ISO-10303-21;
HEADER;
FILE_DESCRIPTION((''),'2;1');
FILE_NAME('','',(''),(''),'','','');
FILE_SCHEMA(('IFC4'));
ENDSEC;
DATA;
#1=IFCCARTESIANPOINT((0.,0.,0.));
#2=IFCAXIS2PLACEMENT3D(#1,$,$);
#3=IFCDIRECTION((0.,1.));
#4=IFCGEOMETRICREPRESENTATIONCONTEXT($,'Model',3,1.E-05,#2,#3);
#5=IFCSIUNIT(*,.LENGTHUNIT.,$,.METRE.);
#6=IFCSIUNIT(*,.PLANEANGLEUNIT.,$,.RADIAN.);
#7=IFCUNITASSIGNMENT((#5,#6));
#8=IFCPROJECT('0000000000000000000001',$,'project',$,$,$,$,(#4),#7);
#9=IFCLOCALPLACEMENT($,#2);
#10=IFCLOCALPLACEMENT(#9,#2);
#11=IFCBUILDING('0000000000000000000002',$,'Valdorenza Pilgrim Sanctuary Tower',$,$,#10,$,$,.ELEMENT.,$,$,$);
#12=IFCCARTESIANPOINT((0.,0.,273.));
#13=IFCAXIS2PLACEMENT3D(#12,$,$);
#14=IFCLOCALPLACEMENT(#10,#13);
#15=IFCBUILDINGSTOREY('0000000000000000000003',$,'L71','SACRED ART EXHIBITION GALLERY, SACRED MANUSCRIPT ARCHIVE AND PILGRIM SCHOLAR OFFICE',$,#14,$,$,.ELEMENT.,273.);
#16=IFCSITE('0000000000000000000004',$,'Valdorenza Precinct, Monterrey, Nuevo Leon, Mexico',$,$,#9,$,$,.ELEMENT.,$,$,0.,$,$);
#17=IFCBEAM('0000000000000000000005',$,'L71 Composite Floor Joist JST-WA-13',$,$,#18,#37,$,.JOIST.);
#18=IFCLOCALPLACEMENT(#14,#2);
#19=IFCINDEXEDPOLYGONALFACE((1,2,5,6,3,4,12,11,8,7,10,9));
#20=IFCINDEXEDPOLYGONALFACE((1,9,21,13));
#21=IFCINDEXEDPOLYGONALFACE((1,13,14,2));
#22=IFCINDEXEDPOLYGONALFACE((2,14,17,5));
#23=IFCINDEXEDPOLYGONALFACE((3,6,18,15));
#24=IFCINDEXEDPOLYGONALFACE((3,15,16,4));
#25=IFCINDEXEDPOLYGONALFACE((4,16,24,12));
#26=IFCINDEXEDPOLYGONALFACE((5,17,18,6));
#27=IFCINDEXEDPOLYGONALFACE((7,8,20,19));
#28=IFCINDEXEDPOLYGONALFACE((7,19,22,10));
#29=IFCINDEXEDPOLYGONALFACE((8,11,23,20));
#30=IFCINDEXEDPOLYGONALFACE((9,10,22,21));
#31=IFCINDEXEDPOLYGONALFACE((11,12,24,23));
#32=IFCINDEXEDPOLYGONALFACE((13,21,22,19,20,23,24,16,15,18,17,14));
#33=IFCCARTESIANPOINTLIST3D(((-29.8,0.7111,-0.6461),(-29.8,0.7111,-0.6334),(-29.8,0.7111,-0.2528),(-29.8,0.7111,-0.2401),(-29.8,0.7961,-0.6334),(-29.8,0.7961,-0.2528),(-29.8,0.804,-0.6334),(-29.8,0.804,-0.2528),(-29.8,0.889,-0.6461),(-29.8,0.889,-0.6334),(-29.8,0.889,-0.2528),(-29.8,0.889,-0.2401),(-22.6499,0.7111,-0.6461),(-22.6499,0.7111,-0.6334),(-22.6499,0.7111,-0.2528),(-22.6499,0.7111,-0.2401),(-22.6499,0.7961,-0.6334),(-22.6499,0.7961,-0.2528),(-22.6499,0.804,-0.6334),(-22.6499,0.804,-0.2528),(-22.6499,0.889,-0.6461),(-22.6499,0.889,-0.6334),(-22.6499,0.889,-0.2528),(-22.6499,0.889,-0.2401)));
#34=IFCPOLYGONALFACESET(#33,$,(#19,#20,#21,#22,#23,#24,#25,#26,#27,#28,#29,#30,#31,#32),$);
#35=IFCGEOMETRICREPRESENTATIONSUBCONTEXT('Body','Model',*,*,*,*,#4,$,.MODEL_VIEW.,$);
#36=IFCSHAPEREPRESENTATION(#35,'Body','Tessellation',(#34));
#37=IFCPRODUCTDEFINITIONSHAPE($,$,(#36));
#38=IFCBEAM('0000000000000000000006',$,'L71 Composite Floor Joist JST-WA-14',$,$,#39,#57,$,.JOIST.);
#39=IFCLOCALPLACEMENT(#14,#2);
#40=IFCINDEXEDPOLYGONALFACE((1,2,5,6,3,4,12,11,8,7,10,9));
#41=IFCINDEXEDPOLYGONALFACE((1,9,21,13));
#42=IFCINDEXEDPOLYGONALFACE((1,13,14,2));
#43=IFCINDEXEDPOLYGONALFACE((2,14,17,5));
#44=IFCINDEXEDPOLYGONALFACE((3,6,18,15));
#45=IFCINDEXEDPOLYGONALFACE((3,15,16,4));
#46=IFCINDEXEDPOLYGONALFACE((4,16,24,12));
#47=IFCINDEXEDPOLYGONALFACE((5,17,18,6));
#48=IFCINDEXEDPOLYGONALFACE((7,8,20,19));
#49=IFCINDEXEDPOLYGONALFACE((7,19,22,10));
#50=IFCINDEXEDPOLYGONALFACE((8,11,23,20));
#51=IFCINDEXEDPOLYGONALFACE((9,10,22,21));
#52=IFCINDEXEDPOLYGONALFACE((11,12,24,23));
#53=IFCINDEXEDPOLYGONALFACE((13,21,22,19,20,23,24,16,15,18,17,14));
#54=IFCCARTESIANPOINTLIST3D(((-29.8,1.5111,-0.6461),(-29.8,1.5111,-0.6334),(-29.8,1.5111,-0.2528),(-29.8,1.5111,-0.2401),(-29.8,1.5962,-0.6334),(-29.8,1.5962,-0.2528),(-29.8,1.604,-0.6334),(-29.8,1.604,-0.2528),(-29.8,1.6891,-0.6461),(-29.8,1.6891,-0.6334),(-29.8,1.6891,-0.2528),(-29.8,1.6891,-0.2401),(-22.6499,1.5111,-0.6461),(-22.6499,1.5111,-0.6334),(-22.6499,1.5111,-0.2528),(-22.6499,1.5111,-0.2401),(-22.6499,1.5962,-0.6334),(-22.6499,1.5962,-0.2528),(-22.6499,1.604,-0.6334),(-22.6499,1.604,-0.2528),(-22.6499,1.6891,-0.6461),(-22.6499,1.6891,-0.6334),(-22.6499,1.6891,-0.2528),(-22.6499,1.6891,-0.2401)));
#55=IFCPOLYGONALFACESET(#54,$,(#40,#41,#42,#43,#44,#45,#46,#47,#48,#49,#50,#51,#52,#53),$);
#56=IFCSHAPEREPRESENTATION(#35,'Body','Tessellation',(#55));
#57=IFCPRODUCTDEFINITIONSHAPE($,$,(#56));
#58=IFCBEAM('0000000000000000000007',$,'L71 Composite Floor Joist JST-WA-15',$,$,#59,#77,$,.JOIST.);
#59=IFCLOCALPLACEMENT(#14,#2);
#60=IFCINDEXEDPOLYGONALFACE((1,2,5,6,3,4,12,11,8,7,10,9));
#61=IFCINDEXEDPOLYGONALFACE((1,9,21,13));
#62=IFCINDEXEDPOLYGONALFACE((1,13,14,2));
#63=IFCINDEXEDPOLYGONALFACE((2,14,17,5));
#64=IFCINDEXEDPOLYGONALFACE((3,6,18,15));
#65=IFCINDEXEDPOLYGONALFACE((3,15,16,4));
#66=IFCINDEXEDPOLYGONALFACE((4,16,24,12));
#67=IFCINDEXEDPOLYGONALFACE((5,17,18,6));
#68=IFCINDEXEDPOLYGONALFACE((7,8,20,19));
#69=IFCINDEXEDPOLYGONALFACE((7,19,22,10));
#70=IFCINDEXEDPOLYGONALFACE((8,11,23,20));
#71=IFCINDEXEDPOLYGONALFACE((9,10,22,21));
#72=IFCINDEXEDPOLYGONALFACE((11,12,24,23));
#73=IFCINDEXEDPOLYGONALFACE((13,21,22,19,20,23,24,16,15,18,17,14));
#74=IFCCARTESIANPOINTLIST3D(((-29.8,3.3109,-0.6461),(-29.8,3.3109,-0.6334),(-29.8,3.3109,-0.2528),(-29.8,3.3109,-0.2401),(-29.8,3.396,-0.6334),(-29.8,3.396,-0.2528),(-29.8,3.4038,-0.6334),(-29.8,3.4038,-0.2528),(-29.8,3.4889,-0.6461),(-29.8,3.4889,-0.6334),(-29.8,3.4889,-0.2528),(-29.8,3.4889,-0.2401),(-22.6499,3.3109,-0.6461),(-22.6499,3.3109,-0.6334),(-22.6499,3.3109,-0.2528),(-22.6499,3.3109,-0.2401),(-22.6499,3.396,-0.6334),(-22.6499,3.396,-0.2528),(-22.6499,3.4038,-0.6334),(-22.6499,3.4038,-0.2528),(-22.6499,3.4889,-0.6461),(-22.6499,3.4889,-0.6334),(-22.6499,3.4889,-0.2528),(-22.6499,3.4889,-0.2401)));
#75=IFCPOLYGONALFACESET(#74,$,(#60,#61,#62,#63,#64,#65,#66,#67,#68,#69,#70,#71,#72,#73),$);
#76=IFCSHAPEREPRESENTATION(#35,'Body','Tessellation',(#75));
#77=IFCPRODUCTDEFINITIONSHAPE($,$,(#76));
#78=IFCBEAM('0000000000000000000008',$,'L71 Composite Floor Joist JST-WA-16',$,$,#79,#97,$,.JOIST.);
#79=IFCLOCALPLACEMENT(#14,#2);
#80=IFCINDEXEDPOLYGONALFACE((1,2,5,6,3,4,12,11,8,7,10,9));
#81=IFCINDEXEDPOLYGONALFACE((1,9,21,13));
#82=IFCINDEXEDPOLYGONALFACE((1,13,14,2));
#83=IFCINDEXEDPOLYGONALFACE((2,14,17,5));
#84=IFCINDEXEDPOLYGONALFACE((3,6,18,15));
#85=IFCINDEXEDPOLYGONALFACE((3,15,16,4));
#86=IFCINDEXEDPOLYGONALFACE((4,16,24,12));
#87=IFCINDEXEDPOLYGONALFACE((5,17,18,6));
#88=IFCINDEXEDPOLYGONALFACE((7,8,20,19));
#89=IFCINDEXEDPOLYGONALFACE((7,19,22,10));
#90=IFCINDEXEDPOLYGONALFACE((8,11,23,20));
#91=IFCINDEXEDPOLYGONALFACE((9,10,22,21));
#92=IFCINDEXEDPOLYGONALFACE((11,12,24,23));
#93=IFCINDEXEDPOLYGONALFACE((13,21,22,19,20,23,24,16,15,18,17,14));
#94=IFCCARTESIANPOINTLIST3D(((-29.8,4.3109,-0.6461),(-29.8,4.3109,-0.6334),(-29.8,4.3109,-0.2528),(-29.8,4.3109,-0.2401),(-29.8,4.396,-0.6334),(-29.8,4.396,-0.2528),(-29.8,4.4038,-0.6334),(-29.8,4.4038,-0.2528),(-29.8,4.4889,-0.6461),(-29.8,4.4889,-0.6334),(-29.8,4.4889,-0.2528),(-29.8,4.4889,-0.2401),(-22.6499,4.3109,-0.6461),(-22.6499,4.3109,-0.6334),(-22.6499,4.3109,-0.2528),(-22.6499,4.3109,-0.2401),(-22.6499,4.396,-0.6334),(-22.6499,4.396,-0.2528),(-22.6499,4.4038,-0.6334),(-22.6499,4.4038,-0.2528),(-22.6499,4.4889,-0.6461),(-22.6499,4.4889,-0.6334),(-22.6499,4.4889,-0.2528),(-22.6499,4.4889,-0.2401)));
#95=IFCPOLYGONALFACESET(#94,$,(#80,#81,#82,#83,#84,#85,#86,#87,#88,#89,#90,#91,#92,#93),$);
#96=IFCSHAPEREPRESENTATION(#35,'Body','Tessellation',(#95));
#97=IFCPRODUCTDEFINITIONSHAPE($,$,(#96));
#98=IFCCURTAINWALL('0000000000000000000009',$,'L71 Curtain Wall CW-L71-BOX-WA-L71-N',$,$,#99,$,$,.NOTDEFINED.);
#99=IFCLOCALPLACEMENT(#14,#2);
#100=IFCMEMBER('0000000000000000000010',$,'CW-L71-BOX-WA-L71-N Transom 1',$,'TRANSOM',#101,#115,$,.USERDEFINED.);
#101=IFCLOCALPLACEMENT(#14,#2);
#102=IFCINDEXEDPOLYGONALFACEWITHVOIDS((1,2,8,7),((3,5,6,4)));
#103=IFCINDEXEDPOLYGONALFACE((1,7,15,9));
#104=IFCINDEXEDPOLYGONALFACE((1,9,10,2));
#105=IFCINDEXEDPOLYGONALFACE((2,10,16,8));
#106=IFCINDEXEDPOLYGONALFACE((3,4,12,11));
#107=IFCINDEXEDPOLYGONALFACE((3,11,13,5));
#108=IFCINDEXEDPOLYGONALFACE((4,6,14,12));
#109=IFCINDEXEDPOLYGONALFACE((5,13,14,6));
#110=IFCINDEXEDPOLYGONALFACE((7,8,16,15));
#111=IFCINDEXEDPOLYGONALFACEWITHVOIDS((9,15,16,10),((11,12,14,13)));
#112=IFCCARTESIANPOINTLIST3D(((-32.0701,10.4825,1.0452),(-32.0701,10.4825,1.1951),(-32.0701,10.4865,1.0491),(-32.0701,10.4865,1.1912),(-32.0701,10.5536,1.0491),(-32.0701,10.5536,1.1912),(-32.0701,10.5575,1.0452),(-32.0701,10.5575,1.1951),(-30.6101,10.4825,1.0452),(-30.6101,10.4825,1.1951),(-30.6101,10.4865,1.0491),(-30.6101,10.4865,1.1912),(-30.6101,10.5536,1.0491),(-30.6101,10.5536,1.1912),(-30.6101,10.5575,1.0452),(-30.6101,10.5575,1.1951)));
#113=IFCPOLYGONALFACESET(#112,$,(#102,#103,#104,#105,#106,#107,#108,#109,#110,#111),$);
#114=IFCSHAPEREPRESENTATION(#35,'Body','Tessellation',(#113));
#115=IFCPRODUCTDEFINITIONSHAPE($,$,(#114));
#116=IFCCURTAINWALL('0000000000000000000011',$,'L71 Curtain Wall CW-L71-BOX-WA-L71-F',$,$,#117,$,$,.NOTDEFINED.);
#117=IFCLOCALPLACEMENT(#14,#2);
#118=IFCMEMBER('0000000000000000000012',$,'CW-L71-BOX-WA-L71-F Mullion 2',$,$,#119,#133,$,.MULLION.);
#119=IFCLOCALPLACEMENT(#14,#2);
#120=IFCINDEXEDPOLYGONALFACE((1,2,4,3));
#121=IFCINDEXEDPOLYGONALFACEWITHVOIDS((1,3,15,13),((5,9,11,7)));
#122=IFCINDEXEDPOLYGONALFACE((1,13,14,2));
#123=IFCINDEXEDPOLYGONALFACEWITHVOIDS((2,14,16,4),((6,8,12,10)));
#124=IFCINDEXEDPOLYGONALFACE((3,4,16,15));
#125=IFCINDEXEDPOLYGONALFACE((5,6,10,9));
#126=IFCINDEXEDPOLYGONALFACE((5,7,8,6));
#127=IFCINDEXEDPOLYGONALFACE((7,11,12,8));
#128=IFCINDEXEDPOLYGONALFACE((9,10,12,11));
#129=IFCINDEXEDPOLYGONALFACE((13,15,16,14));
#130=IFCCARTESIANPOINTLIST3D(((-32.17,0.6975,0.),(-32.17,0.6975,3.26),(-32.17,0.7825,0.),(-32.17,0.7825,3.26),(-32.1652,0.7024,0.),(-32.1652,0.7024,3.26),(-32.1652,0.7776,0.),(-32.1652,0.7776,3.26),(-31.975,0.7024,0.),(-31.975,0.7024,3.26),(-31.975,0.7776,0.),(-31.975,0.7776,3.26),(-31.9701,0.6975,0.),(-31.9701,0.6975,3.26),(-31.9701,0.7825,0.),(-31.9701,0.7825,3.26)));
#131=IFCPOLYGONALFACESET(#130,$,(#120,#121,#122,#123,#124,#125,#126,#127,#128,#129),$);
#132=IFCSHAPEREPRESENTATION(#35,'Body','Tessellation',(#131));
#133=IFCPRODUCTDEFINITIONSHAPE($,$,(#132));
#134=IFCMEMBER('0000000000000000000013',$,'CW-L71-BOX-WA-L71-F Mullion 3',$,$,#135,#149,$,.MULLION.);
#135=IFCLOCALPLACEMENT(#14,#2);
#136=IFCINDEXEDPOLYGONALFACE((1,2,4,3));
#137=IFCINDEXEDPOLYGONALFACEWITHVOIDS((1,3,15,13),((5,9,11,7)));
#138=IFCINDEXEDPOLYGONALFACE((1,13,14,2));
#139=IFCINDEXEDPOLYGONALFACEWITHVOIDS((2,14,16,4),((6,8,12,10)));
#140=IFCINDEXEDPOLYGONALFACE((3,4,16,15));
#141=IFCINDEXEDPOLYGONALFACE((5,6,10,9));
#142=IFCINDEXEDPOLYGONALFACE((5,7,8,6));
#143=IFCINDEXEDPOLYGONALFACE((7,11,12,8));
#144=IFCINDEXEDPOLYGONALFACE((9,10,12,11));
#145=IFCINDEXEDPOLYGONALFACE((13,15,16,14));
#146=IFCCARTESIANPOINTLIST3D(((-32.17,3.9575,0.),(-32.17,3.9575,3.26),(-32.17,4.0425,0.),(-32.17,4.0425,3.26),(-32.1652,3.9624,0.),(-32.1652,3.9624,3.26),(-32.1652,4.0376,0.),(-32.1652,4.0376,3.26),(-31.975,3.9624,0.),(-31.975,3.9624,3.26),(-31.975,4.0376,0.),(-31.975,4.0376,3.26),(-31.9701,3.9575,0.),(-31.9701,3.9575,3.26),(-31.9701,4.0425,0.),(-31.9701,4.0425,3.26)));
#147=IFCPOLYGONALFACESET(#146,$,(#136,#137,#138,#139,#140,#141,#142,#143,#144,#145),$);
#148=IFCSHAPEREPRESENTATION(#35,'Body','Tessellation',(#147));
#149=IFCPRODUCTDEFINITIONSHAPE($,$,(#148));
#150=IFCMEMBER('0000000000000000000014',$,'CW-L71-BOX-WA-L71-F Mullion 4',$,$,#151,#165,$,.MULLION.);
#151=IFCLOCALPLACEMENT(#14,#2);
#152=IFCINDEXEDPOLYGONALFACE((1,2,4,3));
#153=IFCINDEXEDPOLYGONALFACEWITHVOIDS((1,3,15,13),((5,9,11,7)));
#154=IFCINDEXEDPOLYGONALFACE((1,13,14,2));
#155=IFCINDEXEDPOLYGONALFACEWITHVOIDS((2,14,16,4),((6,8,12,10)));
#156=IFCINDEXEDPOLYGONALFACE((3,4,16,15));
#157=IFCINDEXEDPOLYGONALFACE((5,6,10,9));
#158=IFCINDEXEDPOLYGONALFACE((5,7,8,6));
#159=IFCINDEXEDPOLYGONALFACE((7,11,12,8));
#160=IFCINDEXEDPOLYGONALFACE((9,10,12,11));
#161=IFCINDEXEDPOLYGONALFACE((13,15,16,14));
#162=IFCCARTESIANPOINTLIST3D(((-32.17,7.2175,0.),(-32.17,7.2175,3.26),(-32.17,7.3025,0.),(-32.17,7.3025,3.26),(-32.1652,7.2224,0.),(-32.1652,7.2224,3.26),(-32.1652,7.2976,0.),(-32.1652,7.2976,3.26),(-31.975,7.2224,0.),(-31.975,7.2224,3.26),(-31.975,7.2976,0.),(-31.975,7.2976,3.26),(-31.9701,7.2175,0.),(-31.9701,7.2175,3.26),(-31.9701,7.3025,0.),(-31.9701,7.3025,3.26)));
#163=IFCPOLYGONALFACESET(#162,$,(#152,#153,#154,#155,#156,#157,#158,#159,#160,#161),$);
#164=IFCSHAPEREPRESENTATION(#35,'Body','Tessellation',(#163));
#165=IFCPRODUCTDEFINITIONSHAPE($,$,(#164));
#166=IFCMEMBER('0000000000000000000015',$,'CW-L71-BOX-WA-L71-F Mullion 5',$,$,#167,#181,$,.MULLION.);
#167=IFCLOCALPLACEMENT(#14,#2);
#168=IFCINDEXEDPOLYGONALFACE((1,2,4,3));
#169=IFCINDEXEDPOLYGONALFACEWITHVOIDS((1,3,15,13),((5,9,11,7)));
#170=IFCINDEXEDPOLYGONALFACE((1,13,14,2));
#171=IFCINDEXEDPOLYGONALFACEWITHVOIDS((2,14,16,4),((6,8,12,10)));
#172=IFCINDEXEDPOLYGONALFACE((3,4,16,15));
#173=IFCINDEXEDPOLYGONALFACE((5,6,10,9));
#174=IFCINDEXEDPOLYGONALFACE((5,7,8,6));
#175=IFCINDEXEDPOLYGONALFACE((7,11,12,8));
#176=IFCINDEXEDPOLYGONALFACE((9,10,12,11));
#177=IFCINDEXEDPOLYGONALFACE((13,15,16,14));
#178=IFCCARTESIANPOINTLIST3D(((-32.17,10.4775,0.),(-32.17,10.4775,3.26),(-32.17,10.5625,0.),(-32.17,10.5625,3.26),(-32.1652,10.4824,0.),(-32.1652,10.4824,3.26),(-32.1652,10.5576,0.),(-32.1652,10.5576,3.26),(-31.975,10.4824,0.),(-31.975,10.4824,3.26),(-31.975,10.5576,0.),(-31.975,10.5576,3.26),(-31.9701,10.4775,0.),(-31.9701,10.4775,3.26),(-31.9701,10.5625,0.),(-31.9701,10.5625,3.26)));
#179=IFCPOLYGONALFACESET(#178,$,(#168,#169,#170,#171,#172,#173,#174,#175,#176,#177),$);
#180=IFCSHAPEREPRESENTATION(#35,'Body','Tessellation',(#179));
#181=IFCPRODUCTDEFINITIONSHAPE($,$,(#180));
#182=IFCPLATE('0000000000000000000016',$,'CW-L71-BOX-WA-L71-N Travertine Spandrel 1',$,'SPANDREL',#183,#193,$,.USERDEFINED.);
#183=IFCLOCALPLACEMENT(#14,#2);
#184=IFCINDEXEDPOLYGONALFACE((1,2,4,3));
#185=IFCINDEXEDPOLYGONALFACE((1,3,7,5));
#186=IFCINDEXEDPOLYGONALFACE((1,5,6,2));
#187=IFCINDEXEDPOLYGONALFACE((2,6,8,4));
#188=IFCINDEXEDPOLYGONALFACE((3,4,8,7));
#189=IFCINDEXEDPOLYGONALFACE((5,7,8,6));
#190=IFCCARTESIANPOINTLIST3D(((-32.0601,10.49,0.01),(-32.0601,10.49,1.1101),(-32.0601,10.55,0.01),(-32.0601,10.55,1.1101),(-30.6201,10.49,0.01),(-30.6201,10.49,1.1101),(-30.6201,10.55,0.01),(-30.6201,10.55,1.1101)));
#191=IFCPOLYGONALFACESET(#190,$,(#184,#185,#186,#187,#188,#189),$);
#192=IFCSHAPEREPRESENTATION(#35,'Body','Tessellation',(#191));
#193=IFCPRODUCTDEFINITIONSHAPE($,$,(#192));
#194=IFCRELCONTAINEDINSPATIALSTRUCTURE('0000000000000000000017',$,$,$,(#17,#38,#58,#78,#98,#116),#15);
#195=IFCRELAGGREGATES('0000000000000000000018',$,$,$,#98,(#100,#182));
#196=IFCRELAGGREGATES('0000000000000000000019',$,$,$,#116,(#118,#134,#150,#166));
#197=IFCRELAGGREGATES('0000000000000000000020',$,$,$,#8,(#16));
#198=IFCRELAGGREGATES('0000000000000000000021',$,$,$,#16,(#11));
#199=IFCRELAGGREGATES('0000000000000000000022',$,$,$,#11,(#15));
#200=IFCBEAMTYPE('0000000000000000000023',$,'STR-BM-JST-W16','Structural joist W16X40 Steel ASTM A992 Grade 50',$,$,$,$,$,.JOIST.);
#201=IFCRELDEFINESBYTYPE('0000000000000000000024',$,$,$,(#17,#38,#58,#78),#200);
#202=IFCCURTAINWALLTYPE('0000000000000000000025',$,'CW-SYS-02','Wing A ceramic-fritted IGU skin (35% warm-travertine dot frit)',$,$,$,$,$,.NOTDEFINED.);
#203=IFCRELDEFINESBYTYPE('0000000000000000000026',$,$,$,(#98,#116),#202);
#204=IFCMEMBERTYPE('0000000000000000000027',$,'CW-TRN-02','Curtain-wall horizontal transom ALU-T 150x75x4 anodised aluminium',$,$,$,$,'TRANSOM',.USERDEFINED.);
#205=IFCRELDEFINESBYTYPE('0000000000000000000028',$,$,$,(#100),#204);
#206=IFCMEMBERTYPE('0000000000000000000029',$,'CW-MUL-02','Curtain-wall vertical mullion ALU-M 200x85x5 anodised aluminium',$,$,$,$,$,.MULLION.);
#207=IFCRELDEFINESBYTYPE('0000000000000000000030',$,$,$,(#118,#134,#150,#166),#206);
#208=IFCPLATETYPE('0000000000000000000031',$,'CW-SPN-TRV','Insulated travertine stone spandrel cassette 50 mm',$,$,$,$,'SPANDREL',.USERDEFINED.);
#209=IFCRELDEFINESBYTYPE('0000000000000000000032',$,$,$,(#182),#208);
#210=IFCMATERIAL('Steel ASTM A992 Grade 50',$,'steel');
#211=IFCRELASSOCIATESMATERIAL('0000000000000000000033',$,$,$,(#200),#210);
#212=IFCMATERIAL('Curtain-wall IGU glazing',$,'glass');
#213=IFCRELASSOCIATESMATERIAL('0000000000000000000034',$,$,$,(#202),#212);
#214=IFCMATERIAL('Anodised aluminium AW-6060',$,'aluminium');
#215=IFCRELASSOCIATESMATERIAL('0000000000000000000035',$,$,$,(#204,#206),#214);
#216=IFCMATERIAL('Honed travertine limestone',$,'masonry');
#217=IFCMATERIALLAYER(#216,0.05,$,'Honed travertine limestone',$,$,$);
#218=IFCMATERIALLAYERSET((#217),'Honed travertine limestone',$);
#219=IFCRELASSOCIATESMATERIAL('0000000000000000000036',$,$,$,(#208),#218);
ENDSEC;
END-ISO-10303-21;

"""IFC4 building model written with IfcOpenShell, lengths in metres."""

from ifc_helpers import new_model, si_unit, direction, frame, origin, origin_2d, place, context, subcontext, project, spatial, rectangle, hollow_rectangle, i_section, extrude, source, transform, mapped, material, layer, layer_set, material_profile, profile_set, type_object, element, aggregate, save


model = new_model("IFC4")

# Units and contexts
model_context = context("Model", 3, precision=1e-05, world=origin(), true_north=direction((0.0, 1.0)))
body_context = subcontext(model_context, "Body", "Model", "MODEL_VIEW")
ifc_project = project(units=[si_unit("LENGTHUNIT", "METRE"), si_unit("PLANEANGLEUNIT", "RADIAN")], contexts=[model_context])

# Site, building, storey
site_placement = place(None, origin())
site = spatial("IfcSite", under=ifc_project, at=site_placement, Name="Valdorenza Precinct, Monterrey, Nuevo Leon, Mexico", CompositionType="ELEMENT", RefElevation=0.0)
building_placement = place(site_placement, origin())
building = spatial("IfcBuilding", under=site, at=building_placement, Name="Valdorenza Pilgrim Sanctuary Tower", CompositionType="ELEMENT")
storey_placement = place(building_placement, frame((0.0, 0.0, 273.0)))
storey = spatial("IfcBuildingStorey", under=building, at=storey_placement, Name="L71", Description="SACRED ART EXHIBITION GALLERY, SACRED MANUSCRIPT ARCHIVE AND PILGRIM SCHOLAR OFFICE", CompositionType="ELEMENT", Elevation=273.0)

# Beams
ifc_material_1 = material(Name="Steel ASTM A992 Grade 50", Category="steel")
ifc_material_profile_1 = material_profile(ifc_material_1, i_section(OverallWidth=0.178, OverallDepth=0.406, WebThickness=0.0078, FlangeThickness=0.0127, at=origin_2d()), Name="W16X40")
ifc_profile_set_1 = profile_set([ifc_material_profile_1], Name="Steel ASTM A992 Grade 50")
beam_type = type_object("IfcBeamType", Name="STR-BM-JST-W16", Description="Structural joist W16X40 Steel ASTM A992 Grade 50", PredefinedType="JOIST", material=ifc_profile_set_1)
shared_shape_1 = source(origin(), body_context, "Body", "SweptSolid", [
    extrude(i_section(OverallWidth=0.178, OverallDepth=0.406, WebThickness=0.0078, FlangeThickness=0.0127, at=origin_2d()), origin(), (0.0, 0.0, 1.0), 7.1501),
])
for number, where, z_axis, x_axis, name in (
    (1, (-29.8, 0.8, -0.4431), (1.0, 0.0, 0.0), (0.0, 1.0, 0.0), "L71 Composite Floor Joist JST-WA-13"),
    (2, (-29.8, 1.6001, -0.4431), (1.0, 0.0, 0.0), (0.0, 1.0, 0.0), "L71 Composite Floor Joist JST-WA-14"),
    (3, (-29.8, 3.3999, -0.4431), (1.0, 0.0, 0.0), (0.0, 1.0, 0.0), "L71 Composite Floor Joist JST-WA-15"),
    (4, (-29.8, 4.3999, -0.4431), (1.0, 0.0, 0.0), (0.0, 1.0, 0.0), "L71 Composite Floor Joist JST-WA-16"),
):
    element("IfcBeam", number, at=place(storey_placement, frame(where, z_axis=z_axis, x_axis=x_axis)), inside=storey, type_object=beam_type, Name=name, PredefinedType="JOIST", context=body_context, shape_type="MappedRepresentation", body=[
        mapped(shared_shape_1, transform((0.0, 0.0, 0.0), x_axis=(1.0, 0.0, 0.0), y_axis=(0.0, 1.0, 0.0), z_axis=(0.0, 0.0, 1.0), scale=1.0)),
    ])

# Curtain wall, member
ifc_material_2 = material(Name="Curtain-wall IGU glazing", Category="glass")
curtain_wall_type = type_object("IfcCurtainWallType", Name="CW-SYS-02", Description="Wing A ceramic-fritted IGU skin (35% warm-travertine dot frit)", PredefinedType="NOTDEFINED", material=ifc_material_2)
curtain_wall_1_placement = place(storey_placement, origin())
curtain_wall_1 = element("IfcCurtainWall", 5, at=curtain_wall_1_placement, inside=storey, type_object=curtain_wall_type, Name="L71 Curtain Wall CW-L71-BOX-WA-L71-N", PredefinedType="NOTDEFINED")
ifc_material_3 = material(Name="Anodised aluminium AW-6060", Category="aluminium")
ifc_material_profile_2 = material_profile(ifc_material_3, hollow_rectangle(XDim=0.075, YDim=0.1499, WallThickness=0.0039, at=origin_2d()), Name="ALU-T 150x75x4")
ifc_profile_set_2 = profile_set([ifc_material_profile_2], Name="Anodised aluminium AW-6060")
member_type_1 = type_object("IfcMemberType", Name="CW-TRN-02", Description="Curtain-wall horizontal transom ALU-T 150x75x4 anodised aluminium", ElementType="TRANSOM", PredefinedType="USERDEFINED", material=ifc_profile_set_2)
shared_shape_2 = source(origin(), body_context, "Body", "SweptSolid", [
    extrude(hollow_rectangle(XDim=0.075, YDim=0.1499, WallThickness=0.0039, at=origin_2d()), origin(), (0.0, 0.0, 1.0), 1.46),
])
member_1_placement = place(storey_placement, frame((-32.0701, 10.52, 1.1201), z_axis=(1.0, 0.0, 0.0), x_axis=(0.0, 1.0, 0.0)))
member_1 = element("IfcMember", 6, at=member_1_placement, type_object=member_type_1, Name="CW-L71-BOX-WA-L71-N Transom 1", ObjectType="TRANSOM", PredefinedType="USERDEFINED", context=body_context, shape_type="MappedRepresentation", body=[
    mapped(shared_shape_2, transform((0.0, 0.0, 0.0), x_axis=(1.0, 0.0, 0.0), y_axis=(0.0, 1.0, 0.0), z_axis=(0.0, 0.0, 1.0), scale=1.0)),
])

# Curtain wall, members
curtain_wall_2_placement = place(storey_placement, origin())
curtain_wall_2 = element("IfcCurtainWall", 7, at=curtain_wall_2_placement, inside=storey, type_object=curtain_wall_type, Name="L71 Curtain Wall CW-L71-BOX-WA-L71-F", PredefinedType="NOTDEFINED")
ifc_material_profile_3 = material_profile(ifc_material_3, hollow_rectangle(XDim=0.085, YDim=0.2, WallThickness=0.0049, at=origin_2d()), Name="ALU-M 200x85x5")
ifc_profile_set_3 = profile_set([ifc_material_profile_3], Name="Anodised aluminium AW-6060")
member_type_2 = type_object("IfcMemberType", Name="CW-MUL-02", Description="Curtain-wall vertical mullion ALU-M 200x85x5 anodised aluminium", PredefinedType="MULLION", material=ifc_profile_set_3)
shared_shape_3 = source(origin(), body_context, "Body", "SweptSolid", [
    extrude(hollow_rectangle(XDim=0.085, YDim=0.2, WallThickness=0.0049, at=origin_2d()), origin(), (0.0, 0.0, 1.0), 3.26),
])
member_2_placement = place(storey_placement, frame((-32.0701, 0.74, 0.0), z_axis=(0.0, 0.0, 1.0), x_axis=(0.0, 1.0, 0.0)))
member_2 = element("IfcMember", 8, at=member_2_placement, type_object=member_type_2, Name="CW-L71-BOX-WA-L71-F Mullion 2", PredefinedType="MULLION", context=body_context, shape_type="MappedRepresentation", body=[
    mapped(shared_shape_3, transform((0.0, 0.0, 0.0), x_axis=(1.0, 0.0, 0.0), y_axis=(0.0, 1.0, 0.0), z_axis=(0.0, 0.0, 1.0), scale=1.0)),
])
member_3_placement = place(storey_placement, frame((-32.0701, 4.0, 0.0), z_axis=(0.0, 0.0, 1.0), x_axis=(0.0, 1.0, 0.0)))
member_3 = element("IfcMember", 9, at=member_3_placement, type_object=member_type_2, Name="CW-L71-BOX-WA-L71-F Mullion 3", PredefinedType="MULLION", context=body_context, shape_type="MappedRepresentation", body=[
    mapped(shared_shape_3, transform((0.0, 0.0, 0.0), x_axis=(1.0, 0.0, 0.0), y_axis=(0.0, 1.0, 0.0), z_axis=(0.0, 0.0, 1.0), scale=1.0)),
])
member_4_placement = place(storey_placement, frame((-32.0701, 7.26, 0.0), z_axis=(0.0, 0.0, 1.0), x_axis=(0.0, 1.0, 0.0)))
member_4 = element("IfcMember", 10, at=member_4_placement, type_object=member_type_2, Name="CW-L71-BOX-WA-L71-F Mullion 4", PredefinedType="MULLION", context=body_context, shape_type="MappedRepresentation", body=[
    mapped(shared_shape_3, transform((0.0, 0.0, 0.0), x_axis=(1.0, 0.0, 0.0), y_axis=(0.0, 1.0, 0.0), z_axis=(0.0, 0.0, 1.0), scale=1.0)),
])
member_5_placement = place(storey_placement, frame((-32.0701, 10.52, 0.0), z_axis=(0.0, 0.0, 1.0), x_axis=(0.0, 1.0, 0.0)))
member_5 = element("IfcMember", 11, at=member_5_placement, type_object=member_type_2, Name="CW-L71-BOX-WA-L71-F Mullion 5", PredefinedType="MULLION", context=body_context, shape_type="MappedRepresentation", body=[
    mapped(shared_shape_3, transform((0.0, 0.0, 0.0), x_axis=(1.0, 0.0, 0.0), y_axis=(0.0, 1.0, 0.0), z_axis=(0.0, 0.0, 1.0), scale=1.0)),
])

# Plate
ifc_material_4 = material(Name="Honed travertine limestone", Category="masonry")
ifc_layer_1 = layer(ifc_material_4, 0.05, Name="Honed travertine limestone")
ifc_layer_set_1 = layer_set([ifc_layer_1], Name="Honed travertine limestone")
plate_type_1 = type_object("IfcPlateType", Name="CW-SPN-TRV", Description="Insulated travertine stone spandrel cassette 50 mm", ElementType="SPANDREL", PredefinedType="USERDEFINED", material=ifc_layer_set_1)
shared_shape_4 = source(origin(), body_context, "Body", "SweptSolid", [
    extrude(rectangle(XDim=1.4399, YDim=0.0601, at=origin_2d()), origin(), (0.0, 0.0, 1.0), 1.1001),
])
plate_1_placement = place(storey_placement, frame((-31.3401, 10.52, 0.01), z_axis=(0.0, 0.0, 1.0), x_axis=(1.0, 0.0, 0.0)))
plate_1 = element("IfcPlate", 12, at=plate_1_placement, type_object=plate_type_1, Name="CW-L71-BOX-WA-L71-N Travertine Spandrel 1", ObjectType="SPANDREL", PredefinedType="USERDEFINED", context=body_context, shape_type="MappedRepresentation", body=[
    mapped(shared_shape_4, transform((0.0, 0.0, 0.0), x_axis=(1.0, 0.0, 0.0), y_axis=(0.0, 1.0, 0.0), z_axis=(0.0, 0.0, 1.0), scale=1.0)),
])
aggregate(curtain_wall_1, [member_1, plate_1])
aggregate(curtain_wall_2, [member_2, member_3, member_4, member_5])

save(model, "model.ifc")
